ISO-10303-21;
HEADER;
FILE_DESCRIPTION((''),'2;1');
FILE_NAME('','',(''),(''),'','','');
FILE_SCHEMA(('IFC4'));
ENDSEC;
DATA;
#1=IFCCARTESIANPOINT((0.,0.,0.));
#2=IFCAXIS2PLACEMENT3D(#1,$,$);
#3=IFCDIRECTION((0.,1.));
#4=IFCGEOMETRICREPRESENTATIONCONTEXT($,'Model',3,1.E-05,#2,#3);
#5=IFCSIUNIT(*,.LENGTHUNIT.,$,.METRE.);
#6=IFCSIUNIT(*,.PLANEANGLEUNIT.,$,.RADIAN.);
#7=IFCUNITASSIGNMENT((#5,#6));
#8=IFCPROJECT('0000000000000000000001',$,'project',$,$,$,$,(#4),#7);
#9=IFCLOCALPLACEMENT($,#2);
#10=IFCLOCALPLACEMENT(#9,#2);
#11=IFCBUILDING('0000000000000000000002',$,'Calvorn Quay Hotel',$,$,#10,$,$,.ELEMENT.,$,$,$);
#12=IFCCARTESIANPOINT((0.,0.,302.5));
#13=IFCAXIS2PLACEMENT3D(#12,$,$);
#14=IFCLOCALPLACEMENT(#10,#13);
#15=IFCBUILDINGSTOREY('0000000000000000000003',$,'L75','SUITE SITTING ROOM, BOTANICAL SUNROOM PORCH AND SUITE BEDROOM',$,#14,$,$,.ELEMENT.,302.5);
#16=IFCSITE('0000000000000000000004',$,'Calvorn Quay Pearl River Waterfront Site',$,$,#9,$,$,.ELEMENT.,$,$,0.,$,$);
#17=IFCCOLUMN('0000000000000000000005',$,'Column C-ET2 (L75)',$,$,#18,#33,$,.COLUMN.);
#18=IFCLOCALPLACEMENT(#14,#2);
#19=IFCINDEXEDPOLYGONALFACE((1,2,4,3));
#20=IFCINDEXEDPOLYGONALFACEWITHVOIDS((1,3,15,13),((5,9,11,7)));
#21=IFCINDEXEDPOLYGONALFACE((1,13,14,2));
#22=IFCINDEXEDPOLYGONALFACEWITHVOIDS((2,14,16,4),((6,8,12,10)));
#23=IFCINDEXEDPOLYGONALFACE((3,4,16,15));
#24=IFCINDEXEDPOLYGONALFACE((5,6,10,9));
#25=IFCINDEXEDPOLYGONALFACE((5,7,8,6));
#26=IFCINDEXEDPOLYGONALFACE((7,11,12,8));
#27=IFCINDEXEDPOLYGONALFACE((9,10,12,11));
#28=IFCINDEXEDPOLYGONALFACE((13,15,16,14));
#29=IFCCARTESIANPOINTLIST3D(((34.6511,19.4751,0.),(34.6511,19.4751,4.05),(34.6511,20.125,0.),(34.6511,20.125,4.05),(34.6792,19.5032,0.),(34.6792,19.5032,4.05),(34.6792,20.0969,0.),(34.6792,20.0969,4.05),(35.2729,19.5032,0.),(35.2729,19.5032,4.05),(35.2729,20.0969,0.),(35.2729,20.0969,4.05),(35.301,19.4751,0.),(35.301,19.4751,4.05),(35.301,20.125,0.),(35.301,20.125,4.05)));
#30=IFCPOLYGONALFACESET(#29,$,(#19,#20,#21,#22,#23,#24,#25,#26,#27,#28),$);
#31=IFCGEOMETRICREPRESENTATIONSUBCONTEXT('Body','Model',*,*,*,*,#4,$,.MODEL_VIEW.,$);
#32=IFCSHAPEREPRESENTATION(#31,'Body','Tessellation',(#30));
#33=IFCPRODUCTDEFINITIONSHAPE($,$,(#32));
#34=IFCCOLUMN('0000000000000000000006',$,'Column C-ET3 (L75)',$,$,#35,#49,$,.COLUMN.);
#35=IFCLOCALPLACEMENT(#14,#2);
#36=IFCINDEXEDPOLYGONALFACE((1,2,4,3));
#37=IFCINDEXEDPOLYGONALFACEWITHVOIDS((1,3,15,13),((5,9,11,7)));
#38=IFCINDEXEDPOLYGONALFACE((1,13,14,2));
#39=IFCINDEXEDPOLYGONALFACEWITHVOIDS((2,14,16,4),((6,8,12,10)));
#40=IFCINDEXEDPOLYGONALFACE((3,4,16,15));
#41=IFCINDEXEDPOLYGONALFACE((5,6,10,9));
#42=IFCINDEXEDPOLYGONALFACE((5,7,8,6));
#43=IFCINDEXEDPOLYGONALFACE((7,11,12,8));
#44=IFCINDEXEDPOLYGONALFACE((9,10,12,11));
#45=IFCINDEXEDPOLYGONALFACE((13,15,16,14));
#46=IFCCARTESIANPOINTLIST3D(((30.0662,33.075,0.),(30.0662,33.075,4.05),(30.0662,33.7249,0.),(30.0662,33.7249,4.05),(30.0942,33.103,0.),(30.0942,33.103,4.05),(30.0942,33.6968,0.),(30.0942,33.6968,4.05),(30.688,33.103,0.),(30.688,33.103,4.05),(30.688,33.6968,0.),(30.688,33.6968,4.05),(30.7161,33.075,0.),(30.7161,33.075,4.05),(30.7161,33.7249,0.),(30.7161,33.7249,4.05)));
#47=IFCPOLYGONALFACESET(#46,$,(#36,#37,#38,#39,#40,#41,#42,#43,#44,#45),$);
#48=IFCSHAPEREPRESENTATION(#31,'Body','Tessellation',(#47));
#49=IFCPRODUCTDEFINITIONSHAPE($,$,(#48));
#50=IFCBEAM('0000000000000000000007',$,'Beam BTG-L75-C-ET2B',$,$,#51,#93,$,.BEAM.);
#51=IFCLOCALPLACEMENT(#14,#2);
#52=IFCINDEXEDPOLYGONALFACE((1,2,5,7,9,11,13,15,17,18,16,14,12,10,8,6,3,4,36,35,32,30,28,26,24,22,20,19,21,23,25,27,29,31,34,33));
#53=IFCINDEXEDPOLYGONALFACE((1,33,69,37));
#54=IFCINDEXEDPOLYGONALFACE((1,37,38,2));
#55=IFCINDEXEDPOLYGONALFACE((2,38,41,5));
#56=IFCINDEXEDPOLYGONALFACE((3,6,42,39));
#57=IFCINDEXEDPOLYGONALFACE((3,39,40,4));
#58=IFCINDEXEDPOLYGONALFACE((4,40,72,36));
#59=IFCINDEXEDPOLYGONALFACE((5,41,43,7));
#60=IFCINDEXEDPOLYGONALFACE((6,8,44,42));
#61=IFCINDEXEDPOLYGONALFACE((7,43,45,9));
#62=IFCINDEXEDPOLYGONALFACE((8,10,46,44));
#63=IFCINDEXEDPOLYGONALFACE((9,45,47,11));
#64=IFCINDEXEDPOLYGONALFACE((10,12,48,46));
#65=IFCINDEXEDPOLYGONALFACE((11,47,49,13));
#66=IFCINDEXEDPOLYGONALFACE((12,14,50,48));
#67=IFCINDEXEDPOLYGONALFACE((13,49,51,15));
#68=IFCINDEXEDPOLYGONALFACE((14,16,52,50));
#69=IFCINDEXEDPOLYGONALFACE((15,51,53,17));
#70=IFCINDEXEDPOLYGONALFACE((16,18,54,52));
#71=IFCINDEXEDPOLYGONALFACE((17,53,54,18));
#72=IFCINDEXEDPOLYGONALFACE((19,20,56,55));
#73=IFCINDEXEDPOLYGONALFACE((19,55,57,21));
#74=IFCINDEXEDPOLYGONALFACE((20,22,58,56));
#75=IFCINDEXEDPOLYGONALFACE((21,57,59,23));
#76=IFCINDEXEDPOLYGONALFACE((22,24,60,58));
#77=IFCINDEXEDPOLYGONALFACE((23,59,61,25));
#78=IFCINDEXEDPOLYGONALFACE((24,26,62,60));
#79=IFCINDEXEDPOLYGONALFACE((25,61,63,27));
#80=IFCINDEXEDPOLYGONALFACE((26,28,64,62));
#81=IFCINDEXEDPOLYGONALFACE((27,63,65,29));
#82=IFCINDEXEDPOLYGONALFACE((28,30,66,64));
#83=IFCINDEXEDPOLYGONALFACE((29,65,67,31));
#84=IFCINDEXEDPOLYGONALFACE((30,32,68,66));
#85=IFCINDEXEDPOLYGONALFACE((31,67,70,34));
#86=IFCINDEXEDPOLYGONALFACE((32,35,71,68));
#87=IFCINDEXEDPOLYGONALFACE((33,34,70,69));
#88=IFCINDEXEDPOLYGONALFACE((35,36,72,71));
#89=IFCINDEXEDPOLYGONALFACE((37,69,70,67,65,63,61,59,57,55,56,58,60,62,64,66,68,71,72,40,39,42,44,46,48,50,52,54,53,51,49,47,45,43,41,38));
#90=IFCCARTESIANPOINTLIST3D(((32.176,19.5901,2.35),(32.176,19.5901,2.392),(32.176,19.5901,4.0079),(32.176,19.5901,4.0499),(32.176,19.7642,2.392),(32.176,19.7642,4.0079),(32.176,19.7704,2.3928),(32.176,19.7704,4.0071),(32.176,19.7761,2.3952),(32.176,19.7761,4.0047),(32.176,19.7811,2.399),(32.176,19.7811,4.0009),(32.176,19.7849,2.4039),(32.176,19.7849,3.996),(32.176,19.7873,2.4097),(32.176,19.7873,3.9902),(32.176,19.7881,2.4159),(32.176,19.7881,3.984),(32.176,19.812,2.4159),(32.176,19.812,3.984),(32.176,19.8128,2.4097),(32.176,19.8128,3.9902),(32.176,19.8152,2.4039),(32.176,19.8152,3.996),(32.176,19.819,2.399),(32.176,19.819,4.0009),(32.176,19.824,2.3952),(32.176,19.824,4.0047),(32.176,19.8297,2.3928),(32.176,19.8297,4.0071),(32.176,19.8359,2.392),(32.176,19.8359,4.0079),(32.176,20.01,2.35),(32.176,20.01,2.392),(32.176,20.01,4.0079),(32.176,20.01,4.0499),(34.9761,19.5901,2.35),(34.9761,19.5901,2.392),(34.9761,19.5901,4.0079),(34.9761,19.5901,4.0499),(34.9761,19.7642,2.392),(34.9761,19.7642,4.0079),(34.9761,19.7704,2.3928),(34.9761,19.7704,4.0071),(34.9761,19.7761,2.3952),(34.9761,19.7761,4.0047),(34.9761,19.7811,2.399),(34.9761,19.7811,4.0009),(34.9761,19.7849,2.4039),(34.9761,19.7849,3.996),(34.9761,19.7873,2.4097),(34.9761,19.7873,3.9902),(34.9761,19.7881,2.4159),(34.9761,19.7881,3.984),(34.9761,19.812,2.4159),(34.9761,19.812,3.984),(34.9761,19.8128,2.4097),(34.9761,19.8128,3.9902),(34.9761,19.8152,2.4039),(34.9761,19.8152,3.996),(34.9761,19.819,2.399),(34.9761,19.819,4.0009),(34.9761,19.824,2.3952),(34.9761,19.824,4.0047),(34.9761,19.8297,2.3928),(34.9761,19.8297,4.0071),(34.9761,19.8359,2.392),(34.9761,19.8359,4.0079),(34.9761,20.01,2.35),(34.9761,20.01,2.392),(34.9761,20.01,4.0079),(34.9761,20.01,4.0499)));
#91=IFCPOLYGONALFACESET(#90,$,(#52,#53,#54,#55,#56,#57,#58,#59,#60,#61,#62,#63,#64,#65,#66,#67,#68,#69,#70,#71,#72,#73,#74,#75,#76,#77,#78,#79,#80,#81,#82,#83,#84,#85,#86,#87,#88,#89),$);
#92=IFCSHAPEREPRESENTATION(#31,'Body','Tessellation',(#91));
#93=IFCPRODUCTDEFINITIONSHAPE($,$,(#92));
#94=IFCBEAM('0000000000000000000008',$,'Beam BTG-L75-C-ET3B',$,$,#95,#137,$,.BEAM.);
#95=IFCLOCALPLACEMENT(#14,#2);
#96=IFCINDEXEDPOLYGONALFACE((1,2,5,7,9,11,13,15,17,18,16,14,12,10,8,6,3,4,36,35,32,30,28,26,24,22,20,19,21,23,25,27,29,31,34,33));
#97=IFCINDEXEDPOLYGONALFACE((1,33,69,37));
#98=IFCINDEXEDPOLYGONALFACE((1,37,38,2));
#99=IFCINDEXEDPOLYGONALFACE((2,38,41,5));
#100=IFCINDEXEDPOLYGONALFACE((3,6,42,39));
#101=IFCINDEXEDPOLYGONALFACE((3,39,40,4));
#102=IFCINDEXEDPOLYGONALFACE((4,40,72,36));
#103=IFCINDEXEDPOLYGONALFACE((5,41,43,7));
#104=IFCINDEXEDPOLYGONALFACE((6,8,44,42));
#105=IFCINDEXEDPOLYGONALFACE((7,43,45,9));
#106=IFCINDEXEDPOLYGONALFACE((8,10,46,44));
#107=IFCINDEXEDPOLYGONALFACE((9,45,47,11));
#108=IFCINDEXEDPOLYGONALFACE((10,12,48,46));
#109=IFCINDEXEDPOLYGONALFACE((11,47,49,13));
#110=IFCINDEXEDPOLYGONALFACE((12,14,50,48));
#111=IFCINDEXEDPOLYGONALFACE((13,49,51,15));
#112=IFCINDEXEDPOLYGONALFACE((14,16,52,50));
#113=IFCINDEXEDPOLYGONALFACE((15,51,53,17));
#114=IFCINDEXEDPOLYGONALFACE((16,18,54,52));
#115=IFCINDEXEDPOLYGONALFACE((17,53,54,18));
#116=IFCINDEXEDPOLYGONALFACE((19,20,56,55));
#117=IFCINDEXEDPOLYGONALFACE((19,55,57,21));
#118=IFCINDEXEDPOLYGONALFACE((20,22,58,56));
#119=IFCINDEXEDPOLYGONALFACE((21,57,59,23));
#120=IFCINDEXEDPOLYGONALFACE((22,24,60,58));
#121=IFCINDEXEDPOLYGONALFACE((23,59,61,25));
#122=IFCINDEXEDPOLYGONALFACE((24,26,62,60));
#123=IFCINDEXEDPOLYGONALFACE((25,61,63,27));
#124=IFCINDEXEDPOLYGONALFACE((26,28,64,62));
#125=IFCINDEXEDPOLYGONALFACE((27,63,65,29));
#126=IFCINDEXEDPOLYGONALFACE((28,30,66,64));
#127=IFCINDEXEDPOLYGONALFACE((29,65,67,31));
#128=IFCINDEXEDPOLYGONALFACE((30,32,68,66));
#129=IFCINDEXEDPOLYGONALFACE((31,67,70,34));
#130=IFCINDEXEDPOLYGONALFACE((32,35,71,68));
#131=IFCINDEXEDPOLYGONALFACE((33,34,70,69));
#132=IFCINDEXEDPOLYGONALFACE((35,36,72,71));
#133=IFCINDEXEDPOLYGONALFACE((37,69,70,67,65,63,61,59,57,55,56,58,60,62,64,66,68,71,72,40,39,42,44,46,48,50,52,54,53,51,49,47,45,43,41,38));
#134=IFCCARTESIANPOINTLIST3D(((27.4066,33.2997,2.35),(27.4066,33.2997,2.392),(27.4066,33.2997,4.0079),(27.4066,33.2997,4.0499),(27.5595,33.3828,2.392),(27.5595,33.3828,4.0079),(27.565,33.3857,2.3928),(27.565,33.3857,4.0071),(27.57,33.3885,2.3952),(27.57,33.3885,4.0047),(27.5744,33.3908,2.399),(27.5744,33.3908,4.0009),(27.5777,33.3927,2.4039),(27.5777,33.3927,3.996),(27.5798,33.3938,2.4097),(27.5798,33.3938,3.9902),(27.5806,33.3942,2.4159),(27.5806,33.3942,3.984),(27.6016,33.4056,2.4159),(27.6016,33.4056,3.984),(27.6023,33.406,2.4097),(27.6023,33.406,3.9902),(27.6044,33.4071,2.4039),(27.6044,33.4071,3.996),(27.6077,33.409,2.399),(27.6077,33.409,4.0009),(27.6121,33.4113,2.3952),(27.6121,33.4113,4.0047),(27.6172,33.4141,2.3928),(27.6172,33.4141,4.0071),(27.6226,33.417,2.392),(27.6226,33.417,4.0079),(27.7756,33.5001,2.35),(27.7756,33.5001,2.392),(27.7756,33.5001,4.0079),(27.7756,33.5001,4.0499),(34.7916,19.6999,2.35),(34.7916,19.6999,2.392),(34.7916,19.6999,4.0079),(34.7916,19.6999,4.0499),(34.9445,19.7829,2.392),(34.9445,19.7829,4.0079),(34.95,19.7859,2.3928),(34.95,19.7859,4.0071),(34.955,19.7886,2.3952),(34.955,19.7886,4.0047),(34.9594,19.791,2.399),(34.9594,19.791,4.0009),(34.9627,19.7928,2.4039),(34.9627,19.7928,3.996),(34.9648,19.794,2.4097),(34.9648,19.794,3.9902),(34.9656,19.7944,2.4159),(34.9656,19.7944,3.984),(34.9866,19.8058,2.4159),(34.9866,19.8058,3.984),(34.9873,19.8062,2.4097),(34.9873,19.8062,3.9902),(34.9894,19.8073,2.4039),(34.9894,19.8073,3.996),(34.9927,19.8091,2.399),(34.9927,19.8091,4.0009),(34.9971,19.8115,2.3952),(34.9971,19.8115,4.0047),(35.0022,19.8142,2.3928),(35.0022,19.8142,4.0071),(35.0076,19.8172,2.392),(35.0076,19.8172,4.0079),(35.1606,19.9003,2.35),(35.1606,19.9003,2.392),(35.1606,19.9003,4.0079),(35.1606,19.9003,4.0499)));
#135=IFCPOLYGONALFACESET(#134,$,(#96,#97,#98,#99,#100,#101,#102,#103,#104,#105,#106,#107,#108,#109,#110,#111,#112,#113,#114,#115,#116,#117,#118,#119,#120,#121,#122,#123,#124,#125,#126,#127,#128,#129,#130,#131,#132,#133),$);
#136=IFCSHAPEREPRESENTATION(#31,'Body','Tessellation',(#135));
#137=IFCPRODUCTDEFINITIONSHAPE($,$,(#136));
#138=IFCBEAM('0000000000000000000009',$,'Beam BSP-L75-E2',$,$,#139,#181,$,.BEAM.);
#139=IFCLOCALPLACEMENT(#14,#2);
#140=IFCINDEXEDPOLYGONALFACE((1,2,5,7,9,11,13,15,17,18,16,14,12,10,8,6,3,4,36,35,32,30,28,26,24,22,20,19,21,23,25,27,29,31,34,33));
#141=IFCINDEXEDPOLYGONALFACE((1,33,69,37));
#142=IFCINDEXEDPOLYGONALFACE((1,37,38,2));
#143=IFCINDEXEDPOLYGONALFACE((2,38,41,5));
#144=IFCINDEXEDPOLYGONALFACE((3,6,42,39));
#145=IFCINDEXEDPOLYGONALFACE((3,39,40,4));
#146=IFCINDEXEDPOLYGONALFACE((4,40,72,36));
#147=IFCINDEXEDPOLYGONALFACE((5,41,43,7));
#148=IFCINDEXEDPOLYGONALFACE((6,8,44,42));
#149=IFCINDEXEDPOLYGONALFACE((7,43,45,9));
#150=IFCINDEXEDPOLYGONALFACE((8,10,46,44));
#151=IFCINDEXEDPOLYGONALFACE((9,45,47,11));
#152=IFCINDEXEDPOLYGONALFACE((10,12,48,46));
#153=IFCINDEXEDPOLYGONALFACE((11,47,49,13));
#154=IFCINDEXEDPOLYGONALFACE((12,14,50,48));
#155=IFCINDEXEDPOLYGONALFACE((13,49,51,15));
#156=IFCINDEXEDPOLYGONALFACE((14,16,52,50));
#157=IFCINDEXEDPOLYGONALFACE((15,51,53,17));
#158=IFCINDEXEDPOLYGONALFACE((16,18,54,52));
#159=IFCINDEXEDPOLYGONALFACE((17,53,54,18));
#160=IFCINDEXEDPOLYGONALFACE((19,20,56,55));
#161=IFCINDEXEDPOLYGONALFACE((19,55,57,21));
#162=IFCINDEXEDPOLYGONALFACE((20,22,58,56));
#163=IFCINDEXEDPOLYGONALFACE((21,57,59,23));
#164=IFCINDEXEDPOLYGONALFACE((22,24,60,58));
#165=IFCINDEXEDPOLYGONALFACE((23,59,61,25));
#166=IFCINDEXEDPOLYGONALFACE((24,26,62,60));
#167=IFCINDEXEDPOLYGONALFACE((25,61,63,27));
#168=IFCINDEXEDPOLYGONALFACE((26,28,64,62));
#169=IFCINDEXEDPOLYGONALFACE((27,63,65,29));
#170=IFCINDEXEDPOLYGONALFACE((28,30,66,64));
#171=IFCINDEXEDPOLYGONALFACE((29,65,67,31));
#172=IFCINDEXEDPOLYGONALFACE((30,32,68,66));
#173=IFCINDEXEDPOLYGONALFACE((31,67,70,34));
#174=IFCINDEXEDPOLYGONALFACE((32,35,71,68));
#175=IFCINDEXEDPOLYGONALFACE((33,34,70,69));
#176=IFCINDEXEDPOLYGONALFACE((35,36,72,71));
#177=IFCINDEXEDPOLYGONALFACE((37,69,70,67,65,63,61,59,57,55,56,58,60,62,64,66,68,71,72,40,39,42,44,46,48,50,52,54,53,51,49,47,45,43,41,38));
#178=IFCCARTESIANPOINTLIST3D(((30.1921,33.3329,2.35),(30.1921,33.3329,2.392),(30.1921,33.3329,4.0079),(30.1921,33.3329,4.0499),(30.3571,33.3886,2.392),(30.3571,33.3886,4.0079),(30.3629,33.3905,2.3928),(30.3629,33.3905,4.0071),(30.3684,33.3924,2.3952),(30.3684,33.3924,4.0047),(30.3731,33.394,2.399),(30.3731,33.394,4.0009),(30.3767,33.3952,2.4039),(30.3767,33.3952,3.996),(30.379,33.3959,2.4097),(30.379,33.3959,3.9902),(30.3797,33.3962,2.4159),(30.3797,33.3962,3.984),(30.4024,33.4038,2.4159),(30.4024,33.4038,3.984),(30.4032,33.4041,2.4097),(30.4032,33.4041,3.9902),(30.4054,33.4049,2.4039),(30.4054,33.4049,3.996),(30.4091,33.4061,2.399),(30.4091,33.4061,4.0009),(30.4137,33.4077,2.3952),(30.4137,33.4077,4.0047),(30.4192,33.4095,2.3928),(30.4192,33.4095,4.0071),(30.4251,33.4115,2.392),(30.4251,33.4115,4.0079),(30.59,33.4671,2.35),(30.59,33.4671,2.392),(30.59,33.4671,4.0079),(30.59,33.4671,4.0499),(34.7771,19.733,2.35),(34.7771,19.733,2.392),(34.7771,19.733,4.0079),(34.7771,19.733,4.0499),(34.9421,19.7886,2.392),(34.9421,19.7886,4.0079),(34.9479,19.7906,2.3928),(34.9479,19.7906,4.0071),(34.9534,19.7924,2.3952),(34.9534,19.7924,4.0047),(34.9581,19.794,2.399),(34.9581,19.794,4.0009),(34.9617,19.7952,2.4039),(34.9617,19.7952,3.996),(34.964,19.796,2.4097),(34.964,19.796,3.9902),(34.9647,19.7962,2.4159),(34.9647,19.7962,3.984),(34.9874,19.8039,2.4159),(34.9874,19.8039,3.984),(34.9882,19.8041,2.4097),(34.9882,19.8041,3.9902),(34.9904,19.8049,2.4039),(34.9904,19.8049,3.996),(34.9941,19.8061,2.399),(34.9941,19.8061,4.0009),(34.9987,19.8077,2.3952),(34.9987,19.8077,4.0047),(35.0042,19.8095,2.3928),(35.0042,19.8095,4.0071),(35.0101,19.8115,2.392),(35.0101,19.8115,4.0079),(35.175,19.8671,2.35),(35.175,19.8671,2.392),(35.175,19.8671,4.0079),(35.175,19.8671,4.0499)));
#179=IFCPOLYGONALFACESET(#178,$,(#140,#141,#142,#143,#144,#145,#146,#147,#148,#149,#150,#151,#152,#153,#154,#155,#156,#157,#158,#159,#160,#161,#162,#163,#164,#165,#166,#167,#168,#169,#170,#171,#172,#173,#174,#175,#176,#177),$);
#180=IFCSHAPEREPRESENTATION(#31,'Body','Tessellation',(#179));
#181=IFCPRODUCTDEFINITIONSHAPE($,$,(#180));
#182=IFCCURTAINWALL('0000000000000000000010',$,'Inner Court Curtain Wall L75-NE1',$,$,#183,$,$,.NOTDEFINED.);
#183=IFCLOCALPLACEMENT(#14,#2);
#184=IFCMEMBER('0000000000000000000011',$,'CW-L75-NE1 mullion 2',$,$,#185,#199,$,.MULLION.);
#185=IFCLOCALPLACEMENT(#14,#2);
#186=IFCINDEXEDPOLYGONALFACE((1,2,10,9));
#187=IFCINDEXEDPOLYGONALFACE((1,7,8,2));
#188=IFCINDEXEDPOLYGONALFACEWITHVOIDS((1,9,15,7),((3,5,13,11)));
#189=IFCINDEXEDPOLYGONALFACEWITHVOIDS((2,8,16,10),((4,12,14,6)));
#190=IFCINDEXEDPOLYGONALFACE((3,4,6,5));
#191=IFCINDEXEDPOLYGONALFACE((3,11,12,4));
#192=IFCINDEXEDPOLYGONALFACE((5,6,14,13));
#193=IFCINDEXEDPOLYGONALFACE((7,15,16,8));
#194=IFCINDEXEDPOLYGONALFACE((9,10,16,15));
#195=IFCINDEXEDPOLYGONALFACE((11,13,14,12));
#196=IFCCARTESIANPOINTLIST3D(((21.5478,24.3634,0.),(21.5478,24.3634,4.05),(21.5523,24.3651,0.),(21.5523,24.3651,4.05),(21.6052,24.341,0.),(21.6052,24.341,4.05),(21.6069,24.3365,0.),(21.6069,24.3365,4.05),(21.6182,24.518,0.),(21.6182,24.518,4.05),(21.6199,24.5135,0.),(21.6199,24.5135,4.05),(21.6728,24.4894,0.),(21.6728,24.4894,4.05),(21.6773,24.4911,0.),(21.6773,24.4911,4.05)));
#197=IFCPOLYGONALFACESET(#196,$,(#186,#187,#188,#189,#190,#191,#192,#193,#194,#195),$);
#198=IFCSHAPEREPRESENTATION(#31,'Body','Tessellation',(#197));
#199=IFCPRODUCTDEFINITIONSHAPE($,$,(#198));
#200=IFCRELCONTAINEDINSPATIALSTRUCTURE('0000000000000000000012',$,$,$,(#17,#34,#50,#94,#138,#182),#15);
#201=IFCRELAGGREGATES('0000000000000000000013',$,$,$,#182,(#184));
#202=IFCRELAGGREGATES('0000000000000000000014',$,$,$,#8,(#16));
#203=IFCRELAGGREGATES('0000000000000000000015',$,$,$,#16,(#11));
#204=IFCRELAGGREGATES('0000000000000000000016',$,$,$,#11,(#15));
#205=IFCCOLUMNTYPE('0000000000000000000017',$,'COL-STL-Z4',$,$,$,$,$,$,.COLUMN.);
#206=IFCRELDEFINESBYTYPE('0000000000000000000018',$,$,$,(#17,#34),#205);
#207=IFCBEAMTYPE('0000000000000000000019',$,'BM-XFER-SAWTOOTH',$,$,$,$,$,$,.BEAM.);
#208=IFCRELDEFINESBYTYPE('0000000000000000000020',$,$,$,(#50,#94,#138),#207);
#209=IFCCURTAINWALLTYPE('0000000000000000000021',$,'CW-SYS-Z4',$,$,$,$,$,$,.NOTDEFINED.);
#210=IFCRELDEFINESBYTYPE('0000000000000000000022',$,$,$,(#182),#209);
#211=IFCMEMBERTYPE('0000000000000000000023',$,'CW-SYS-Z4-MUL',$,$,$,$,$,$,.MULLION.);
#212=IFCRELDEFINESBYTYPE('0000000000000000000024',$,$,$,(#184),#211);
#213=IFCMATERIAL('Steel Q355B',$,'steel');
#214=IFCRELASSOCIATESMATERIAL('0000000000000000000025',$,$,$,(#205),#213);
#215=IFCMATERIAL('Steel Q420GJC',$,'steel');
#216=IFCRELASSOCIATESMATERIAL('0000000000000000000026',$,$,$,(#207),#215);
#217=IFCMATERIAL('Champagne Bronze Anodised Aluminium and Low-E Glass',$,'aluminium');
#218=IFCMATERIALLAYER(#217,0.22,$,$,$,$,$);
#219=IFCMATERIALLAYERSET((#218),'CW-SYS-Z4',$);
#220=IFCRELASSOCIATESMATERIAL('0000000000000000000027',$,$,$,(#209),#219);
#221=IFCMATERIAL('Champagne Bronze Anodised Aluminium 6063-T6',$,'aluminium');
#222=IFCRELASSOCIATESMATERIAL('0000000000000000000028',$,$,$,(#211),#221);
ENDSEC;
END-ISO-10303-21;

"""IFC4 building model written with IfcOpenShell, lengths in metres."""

from ifc_helpers import new_model, si_unit, direction, frame, origin, origin_2d, place, context, subcontext, project, spatial, hollow_rectangle, i_section, extrude, material, layer, layer_set, material_profile, profile_set, type_object, element, aggregate, save


model = new_model("IFC4")

# Units and contexts
model_context = context("Model", 3, precision=1e-05, world=origin(), true_north=direction((0.0, 1.0)))
body_context = subcontext(model_context, "Body", "Model", "MODEL_VIEW")
ifc_project = project(units=[si_unit("LENGTHUNIT", "METRE"), si_unit("PLANEANGLEUNIT", "RADIAN")], contexts=[model_context])

# Site, building, storey
site_placement = place(None, origin())
site = spatial("IfcSite", under=ifc_project, at=site_placement, Name="Calvorn Quay Pearl River Waterfront Site", CompositionType="ELEMENT", RefElevation=0.0)
building_placement = place(site_placement, origin())
building = spatial("IfcBuilding", under=site, at=building_placement, Name="Calvorn Quay Hotel", CompositionType="ELEMENT")
storey_placement = place(building_placement, frame((0.0, 0.0, 302.5)))
storey = spatial("IfcBuildingStorey", under=building, at=storey_placement, Name="L75", Description="SUITE SITTING ROOM, BOTANICAL SUNROOM PORCH AND SUITE BEDROOM", CompositionType="ELEMENT", Elevation=302.5)

# Columns
ifc_material_1 = material(Name="Steel Q355B", Category="steel")
ifc_material_profile_1 = material_profile(ifc_material_1, hollow_rectangle(XDim=0.6499, YDim=0.6499, WallThickness=0.0281, at=origin_2d()), Name="BOX650x650x28")
ifc_profile_set_1 = profile_set([ifc_material_profile_1], Name="Steel Q355B")
column_type = type_object("IfcColumnType", Name="COL-STL-Z4", PredefinedType="COLUMN", material=ifc_profile_set_1)
for number, where, z_axis, x_axis, name in (
    (1, (34.9761, 19.8, 0.0), (0.0, 0.0, 1.0), (1.0, 0.0, 0.0), "Column C-ET2 (L75)"),
    (2, (30.3911, 33.3999, 0.0), (0.0, 0.0, 1.0), (1.0, 0.0, 0.0), "Column C-ET3 (L75)"),
):
    element("IfcColumn", number, at=place(storey_placement, frame(where, z_axis=z_axis, x_axis=x_axis)), inside=storey, type_object=column_type, Name=name, PredefinedType="COLUMN", context=body_context, shape_type="SweptSolid", body=[
        extrude(hollow_rectangle(XDim=0.6499, YDim=0.6499, WallThickness=0.0281, at=origin_2d()), origin(), (0.0, 0.0, 1.0), 4.05),
    ])

# Beams
ifc_material_2 = material(Name="Steel Q420GJC", Category="steel")
ifc_material_profile_2 = material_profile(ifc_material_2, i_section(OverallWidth=0.4199, OverallDepth=1.7, WebThickness=0.0239, FlangeThickness=0.042, FilletRadius=0.0239, at=origin_2d()), Name="HN1700x420x24x42")
ifc_profile_set_2 = profile_set([ifc_material_profile_2], Name="Steel Q420GJC")
beam_type = type_object("IfcBeamType", Name="BM-XFER-SAWTOOTH", PredefinedType="BEAM", material=ifc_profile_set_2)
beam_1_placement = place(storey_placement, frame((32.176, 19.8, 3.2), z_axis=(1.0, 0.0, 0.0), x_axis=(0.0, 1.0, 0.0)))
element("IfcBeam", 3, at=beam_1_placement, inside=storey, type_object=beam_type, Name="Beam BTG-L75-C-ET2B", PredefinedType="BEAM", context=body_context, shape_type="SweptSolid", body=[
    extrude(i_section(OverallWidth=0.4199, OverallDepth=1.7, WebThickness=0.0239, FlangeThickness=0.042, FilletRadius=0.0239, at=origin_2d()), origin(), (0.0, 0.0, 1.0), 2.8),
])
beam_2_placement = place(storey_placement, frame((27.5911, 33.3999, 3.2), z_axis=(0.477203, -0.878793, 0.0), x_axis=(0.878793, 0.477203, 0.0)))
element("IfcBeam", 4, at=beam_2_placement, inside=storey, type_object=beam_type, Name="Beam BTG-L75-C-ET3B", PredefinedType="BEAM", context=body_context, shape_type="SweptSolid", body=[
    extrude(i_section(OverallWidth=0.4199, OverallDepth=1.7, WebThickness=0.0239, FlangeThickness=0.042, FilletRadius=0.0239, at=origin_2d()), origin(), (0.0, 0.0, 1.0), 15.4756),
])
beam_3_placement = place(storey_placement, frame((34.9761, 19.8, 3.2), z_axis=(-0.319467, 0.947598, 0.0), x_axis=(-0.947598, -0.319467, 0.0)))
element("IfcBeam", 5, at=beam_3_placement, inside=storey, type_object=beam_type, Name="Beam BSP-L75-E2", PredefinedType="BEAM", context=body_context, shape_type="SweptSolid", body=[
    extrude(i_section(OverallWidth=0.4199, OverallDepth=1.7, WebThickness=0.0239, FlangeThickness=0.042, FilletRadius=0.0239, at=origin_2d()), origin(), (0.0, 0.0, 1.0), 14.3521),
])

# Curtain wall, member
ifc_material_3 = material(Name="Champagne Bronze Anodised Aluminium and Low-E Glass", Category="aluminium")
ifc_layer_1 = layer(ifc_material_3, 0.22)
ifc_layer_set_1 = layer_set([ifc_layer_1], Name="CW-SYS-Z4")
curtain_wall_type = type_object("IfcCurtainWallType", Name="CW-SYS-Z4", PredefinedType="NOTDEFINED", material=ifc_layer_set_1)
curtain_wall_1_placement = place(storey_placement, origin())
curtain_wall_1 = element("IfcCurtainWall", 6, at=curtain_wall_1_placement, inside=storey, type_object=curtain_wall_type, Name="Inner Court Curtain Wall L75-NE1", PredefinedType="NOTDEFINED")
ifc_material_4 = material(Name="Champagne Bronze Anodised Aluminium 6063-T6", Category="aluminium")
ifc_material_profile_3 = material_profile(ifc_material_4, hollow_rectangle(XDim=0.0649, YDim=0.1699, WallThickness=0.0034, at=origin_2d()), Name="ALU-M170x65x3.5")
ifc_profile_set_3 = profile_set([ifc_material_profile_3], Name="Champagne Bronze Anodised Aluminium 6063-T6")
member_type_1 = type_object("IfcMemberType", Name="CW-SYS-Z4-MUL", PredefinedType="MULLION", material=ifc_profile_set_3)
member_1_placement = place(storey_placement, frame((21.6125, 24.4272, 0.0), z_axis=(0.0, 0.0, 1.0), x_axis=(0.909908, -0.414811, 0.0)))
member_1 = element("IfcMember", 7, at=member_1_placement, type_object=member_type_1, Name="CW-L75-NE1 mullion 2", PredefinedType="MULLION", context=body_context, shape_type="SweptSolid", body=[
    extrude(hollow_rectangle(XDim=0.0649, YDim=0.1699, WallThickness=0.0034, at=origin_2d()), origin(), (0.0, 0.0, 1.0), 4.05),
])

aggregate(curtain_wall_1, [member_1])

save(model, "model.ifc")
